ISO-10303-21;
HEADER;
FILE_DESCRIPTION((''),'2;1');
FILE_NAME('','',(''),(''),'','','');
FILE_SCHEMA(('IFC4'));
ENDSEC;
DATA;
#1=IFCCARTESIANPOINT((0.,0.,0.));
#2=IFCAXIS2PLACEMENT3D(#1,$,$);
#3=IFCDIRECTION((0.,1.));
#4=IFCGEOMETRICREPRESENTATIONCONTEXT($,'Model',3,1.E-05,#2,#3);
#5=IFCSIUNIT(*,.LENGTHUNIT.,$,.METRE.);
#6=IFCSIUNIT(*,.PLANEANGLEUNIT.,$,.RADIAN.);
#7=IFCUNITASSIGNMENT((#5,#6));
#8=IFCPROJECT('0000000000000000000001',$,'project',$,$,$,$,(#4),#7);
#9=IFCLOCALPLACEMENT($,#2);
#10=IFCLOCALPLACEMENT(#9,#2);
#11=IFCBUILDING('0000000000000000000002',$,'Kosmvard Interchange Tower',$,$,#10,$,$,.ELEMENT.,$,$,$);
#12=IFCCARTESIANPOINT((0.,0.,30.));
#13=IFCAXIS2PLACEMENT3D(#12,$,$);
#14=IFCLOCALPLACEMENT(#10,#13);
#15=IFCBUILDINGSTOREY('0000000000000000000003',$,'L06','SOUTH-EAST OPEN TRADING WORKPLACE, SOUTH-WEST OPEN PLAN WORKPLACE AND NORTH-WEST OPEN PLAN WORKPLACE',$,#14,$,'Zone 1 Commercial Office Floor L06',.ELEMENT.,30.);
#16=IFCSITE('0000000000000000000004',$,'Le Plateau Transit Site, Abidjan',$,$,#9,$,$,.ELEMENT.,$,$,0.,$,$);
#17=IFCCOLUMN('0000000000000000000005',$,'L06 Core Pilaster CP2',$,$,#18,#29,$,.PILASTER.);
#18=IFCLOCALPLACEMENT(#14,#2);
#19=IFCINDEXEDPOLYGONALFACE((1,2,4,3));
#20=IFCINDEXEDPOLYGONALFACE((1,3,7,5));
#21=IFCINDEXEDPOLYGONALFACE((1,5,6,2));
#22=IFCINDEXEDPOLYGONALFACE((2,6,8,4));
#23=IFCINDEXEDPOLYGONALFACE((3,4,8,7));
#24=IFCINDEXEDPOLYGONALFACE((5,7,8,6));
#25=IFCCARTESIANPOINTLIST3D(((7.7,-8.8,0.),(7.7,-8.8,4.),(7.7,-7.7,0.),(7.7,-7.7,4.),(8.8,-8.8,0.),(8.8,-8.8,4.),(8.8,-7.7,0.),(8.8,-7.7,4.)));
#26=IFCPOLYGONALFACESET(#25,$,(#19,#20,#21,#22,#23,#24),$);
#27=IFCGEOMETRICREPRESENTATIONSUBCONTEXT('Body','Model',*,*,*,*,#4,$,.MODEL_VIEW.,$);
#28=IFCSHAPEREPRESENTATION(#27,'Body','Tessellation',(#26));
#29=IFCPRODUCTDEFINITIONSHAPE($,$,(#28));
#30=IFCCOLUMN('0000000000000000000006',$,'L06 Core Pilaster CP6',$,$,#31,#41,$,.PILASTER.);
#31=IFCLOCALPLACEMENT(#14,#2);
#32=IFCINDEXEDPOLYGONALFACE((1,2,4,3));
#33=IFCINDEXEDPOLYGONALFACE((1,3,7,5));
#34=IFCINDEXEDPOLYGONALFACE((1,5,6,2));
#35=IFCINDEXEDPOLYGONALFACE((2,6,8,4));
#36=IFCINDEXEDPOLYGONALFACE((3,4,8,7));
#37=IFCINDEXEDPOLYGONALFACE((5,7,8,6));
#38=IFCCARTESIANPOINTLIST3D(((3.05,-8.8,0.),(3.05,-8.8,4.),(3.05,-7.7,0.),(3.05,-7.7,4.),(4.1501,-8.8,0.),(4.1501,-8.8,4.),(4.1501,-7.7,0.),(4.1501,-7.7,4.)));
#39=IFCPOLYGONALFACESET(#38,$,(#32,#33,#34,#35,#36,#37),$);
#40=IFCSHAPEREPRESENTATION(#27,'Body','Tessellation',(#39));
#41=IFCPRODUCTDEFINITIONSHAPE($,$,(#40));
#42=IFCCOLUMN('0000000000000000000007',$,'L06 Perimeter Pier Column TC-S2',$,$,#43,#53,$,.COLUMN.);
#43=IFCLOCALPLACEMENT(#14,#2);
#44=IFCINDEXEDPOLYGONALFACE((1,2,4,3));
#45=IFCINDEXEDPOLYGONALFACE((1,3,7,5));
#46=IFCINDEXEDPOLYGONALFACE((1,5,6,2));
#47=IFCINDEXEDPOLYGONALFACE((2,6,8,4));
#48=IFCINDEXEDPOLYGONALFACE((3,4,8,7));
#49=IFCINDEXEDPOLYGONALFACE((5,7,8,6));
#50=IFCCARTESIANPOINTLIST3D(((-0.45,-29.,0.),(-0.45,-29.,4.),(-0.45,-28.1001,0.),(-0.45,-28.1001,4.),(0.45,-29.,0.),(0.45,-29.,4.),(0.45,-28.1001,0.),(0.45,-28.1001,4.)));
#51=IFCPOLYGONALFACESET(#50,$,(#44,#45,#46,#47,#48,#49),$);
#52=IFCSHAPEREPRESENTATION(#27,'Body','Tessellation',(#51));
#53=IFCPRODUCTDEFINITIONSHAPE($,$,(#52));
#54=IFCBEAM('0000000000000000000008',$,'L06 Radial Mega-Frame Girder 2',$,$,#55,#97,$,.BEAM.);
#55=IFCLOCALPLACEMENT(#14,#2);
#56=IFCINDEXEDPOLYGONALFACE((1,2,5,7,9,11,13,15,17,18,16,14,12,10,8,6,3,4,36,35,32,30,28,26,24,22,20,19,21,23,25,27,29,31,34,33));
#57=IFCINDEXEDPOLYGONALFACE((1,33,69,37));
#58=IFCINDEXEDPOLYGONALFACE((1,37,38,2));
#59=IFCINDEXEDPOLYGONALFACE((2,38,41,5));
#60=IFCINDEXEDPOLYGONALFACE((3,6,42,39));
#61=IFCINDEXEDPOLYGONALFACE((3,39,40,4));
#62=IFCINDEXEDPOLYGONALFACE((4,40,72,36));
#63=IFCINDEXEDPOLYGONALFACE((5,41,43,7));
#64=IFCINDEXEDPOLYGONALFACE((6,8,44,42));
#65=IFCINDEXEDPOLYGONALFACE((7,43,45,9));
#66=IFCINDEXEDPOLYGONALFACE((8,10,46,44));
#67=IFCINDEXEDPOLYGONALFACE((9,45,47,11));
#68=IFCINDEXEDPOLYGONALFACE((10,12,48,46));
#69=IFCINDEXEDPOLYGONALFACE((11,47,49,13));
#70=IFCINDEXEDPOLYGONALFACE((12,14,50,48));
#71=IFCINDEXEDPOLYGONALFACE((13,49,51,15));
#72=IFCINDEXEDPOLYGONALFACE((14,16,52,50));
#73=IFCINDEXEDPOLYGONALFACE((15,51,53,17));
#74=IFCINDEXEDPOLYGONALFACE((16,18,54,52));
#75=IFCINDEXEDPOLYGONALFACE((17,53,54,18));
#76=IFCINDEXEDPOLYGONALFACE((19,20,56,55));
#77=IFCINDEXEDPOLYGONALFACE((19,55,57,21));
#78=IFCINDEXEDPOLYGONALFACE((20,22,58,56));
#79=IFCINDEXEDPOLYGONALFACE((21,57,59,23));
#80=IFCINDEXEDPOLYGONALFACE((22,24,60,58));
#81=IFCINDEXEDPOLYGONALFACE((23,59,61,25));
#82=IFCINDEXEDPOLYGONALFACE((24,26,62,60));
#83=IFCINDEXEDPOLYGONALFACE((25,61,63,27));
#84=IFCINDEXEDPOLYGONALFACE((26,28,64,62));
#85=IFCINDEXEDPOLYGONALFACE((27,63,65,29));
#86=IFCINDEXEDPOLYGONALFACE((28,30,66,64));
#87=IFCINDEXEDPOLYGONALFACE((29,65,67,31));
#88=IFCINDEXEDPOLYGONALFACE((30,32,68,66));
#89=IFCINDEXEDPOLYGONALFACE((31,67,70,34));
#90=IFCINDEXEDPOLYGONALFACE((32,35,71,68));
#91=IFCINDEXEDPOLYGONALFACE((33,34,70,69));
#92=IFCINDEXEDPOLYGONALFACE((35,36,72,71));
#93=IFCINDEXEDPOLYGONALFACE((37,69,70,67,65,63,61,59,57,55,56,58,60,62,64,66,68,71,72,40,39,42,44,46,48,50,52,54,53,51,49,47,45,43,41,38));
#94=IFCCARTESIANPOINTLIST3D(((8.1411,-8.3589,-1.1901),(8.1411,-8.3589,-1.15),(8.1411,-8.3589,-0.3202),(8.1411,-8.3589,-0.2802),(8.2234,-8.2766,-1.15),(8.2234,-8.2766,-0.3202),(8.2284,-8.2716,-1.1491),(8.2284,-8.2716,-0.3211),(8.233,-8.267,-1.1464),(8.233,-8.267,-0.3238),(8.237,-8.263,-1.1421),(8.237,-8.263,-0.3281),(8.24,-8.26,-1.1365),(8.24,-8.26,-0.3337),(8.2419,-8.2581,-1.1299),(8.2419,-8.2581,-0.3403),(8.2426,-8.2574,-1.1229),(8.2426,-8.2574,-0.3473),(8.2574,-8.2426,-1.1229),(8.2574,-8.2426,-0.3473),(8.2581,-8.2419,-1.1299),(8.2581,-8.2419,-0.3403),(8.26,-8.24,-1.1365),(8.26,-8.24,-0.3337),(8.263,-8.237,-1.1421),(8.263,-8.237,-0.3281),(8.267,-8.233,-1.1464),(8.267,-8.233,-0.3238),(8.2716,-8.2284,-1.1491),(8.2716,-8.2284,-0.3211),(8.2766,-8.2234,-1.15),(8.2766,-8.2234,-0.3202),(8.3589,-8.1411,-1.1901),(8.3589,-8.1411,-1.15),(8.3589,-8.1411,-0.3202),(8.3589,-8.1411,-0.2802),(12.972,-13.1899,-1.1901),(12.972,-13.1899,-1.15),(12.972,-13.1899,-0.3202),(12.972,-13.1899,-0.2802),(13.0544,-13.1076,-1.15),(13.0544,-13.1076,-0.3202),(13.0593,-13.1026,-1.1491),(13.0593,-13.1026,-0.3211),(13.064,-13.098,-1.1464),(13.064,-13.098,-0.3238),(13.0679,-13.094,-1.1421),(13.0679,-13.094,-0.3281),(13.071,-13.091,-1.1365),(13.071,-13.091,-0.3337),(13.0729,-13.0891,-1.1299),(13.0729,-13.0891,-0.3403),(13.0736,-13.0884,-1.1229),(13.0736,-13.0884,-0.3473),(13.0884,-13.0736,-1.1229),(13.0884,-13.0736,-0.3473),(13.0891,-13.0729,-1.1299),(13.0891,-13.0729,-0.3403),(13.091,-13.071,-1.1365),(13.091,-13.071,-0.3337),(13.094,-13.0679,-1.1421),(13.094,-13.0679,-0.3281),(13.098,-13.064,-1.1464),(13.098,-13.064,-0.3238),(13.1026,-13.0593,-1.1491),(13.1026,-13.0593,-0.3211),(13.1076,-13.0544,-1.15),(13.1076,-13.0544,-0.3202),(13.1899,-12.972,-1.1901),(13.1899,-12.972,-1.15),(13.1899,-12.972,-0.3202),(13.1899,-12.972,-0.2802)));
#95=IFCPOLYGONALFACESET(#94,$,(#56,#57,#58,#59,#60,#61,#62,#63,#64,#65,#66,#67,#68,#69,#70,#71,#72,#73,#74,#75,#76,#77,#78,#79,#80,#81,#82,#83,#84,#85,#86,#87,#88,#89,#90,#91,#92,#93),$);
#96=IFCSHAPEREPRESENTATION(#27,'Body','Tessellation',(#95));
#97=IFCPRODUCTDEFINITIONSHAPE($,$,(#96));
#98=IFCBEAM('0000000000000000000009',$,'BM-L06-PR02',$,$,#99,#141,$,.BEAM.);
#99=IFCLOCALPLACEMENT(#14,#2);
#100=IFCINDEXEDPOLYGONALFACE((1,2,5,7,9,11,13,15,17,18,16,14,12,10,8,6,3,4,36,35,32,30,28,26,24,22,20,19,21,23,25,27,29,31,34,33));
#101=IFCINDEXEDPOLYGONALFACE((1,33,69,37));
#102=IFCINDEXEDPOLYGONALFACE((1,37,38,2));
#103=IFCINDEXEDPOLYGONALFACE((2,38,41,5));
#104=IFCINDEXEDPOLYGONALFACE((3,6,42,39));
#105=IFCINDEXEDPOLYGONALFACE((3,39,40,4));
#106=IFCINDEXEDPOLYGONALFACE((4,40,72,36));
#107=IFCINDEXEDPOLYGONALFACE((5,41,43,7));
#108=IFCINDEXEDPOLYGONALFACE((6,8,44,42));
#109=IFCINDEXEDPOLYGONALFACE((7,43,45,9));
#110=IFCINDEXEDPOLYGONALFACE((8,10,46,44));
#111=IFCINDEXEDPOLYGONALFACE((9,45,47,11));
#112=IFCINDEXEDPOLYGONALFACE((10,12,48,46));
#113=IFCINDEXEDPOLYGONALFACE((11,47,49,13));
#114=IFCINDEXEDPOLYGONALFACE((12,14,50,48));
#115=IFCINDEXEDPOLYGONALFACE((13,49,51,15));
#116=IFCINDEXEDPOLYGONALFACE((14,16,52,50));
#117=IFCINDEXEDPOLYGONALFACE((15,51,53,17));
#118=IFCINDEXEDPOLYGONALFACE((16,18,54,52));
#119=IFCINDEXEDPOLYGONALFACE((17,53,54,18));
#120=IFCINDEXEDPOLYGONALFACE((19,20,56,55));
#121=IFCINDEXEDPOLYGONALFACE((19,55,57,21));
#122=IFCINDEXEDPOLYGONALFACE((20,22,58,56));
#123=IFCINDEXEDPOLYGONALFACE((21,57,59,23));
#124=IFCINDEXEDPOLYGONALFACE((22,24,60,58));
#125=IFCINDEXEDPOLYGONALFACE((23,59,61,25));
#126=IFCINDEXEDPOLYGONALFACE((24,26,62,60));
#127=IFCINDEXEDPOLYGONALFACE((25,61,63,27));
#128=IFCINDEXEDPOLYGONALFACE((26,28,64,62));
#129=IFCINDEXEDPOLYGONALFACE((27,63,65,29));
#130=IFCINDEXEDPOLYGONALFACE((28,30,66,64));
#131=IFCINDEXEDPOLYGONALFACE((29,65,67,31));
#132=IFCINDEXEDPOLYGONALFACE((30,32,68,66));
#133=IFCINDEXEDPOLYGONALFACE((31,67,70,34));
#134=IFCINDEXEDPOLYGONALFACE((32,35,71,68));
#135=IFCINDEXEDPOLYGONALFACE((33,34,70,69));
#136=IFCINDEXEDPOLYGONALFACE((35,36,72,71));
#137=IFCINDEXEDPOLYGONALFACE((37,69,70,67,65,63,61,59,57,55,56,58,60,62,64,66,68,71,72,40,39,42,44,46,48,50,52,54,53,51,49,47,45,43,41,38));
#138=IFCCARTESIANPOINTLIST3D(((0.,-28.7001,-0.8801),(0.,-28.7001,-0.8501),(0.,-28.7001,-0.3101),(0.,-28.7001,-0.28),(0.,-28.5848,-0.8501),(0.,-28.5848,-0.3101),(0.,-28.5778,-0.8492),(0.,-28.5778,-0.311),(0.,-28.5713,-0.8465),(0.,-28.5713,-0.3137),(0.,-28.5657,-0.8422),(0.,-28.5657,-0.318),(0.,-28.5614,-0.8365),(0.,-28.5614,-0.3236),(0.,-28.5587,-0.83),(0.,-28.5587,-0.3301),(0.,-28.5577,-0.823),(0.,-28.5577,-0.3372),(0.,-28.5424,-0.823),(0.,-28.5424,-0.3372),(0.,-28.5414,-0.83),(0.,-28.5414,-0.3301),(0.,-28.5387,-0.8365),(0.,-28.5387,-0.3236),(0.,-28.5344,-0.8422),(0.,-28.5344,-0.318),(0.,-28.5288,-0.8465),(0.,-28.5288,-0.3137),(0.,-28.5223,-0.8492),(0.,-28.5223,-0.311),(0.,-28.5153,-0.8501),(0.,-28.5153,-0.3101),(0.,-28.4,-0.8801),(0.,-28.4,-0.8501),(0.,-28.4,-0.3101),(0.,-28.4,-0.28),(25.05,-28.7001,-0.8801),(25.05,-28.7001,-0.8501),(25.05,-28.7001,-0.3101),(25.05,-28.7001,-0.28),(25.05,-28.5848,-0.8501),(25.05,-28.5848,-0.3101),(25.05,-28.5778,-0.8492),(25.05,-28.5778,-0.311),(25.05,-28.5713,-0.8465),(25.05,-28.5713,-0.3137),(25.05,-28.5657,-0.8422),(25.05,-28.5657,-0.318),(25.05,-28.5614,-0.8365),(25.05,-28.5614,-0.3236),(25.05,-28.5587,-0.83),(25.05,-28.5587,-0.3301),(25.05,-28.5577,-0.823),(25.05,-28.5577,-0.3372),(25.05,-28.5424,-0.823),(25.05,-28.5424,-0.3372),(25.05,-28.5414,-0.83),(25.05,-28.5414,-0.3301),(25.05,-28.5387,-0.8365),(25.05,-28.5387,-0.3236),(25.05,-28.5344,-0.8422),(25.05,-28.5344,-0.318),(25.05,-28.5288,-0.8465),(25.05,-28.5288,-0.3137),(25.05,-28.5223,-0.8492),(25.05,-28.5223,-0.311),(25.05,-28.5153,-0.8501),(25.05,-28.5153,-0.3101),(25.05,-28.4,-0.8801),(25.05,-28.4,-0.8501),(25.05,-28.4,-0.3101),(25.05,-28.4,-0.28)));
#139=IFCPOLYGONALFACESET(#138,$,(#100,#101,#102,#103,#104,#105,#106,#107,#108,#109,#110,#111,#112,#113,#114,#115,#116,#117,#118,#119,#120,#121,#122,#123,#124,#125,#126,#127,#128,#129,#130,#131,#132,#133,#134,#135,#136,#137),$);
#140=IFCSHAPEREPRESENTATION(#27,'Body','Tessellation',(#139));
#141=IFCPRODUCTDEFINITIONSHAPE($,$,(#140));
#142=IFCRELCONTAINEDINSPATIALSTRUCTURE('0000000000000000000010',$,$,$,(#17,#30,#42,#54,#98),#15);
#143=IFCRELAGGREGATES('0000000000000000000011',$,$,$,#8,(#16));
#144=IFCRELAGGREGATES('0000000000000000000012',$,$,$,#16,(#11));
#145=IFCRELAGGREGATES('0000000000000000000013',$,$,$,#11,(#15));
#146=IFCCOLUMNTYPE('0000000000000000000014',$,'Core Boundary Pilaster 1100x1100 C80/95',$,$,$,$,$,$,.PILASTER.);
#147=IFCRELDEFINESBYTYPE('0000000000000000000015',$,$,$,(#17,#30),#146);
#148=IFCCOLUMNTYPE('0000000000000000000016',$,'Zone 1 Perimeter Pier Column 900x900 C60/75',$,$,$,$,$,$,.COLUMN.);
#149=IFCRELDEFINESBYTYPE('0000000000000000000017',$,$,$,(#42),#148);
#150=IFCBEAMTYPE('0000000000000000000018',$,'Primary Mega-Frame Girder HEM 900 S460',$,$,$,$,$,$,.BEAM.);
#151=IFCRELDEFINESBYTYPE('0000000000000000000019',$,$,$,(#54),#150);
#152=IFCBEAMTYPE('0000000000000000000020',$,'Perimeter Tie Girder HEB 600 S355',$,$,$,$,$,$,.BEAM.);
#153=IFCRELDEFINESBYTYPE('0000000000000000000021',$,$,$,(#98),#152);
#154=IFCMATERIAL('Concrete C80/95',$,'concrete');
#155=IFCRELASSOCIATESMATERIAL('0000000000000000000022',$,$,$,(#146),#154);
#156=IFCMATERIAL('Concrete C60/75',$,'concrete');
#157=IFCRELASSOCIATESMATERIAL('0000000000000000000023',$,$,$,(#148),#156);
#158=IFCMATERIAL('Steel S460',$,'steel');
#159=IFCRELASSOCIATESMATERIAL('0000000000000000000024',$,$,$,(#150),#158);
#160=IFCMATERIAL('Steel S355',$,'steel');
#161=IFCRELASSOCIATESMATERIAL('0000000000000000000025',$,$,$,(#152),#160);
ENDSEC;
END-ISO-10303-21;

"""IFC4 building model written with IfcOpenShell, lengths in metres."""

from ifc_helpers import new_model, si_unit, direction, frame, origin, origin_2d, place, context, subcontext, project, spatial, rectangle, i_section, extrude, source, transform, mapped, material, material_profile, profile_set, type_object, element, save


model = new_model("IFC4")

# Units and contexts
model_context = context("Model", 3, precision=1e-05, world=origin(), true_north=direction((0.0, 1.0)))
body_context = subcontext(model_context, "Body", "Model", "MODEL_VIEW")
ifc_project = project(units=[si_unit("LENGTHUNIT", "METRE"), si_unit("PLANEANGLEUNIT", "RADIAN")], contexts=[model_context])

# Site, building, storey
site_placement = place(None, origin())
site = spatial("IfcSite", under=ifc_project, at=site_placement, Name="Le Plateau Transit Site, Abidjan", CompositionType="ELEMENT", RefElevation=0.0)
building_placement = place(site_placement, origin())
building = spatial("IfcBuilding", under=site, at=building_placement, Name="Kosmvard Interchange Tower", CompositionType="ELEMENT")
storey_placement = place(building_placement, frame((0.0, 0.0, 30.0)))
storey = spatial("IfcBuildingStorey", under=building, at=storey_placement, Name="L06", Description="SOUTH-EAST OPEN TRADING WORKPLACE, SOUTH-WEST OPEN PLAN WORKPLACE AND NORTH-WEST OPEN PLAN WORKPLACE", LongName="Zone 1 Commercial Office Floor L06", CompositionType="ELEMENT", Elevation=30.0)

# Columns
ifc_material_1 = material(Name="Concrete C80/95", Category="concrete")
ifc_material_profile_1 = material_profile(ifc_material_1, rectangle(XDim=1.1001, YDim=1.1001, at=origin_2d()), Name="CP 1100x1100")
ifc_profile_set_1 = profile_set([ifc_material_profile_1], Name="Concrete C80/95")
column_type_1 = type_object("IfcColumnType", Name="Core Boundary Pilaster 1100x1100 C80/95", PredefinedType="PILASTER", material=ifc_profile_set_1)
shared_shape_1 = source(origin(), body_context, "Body", "SweptSolid", [
    extrude(rectangle(XDim=1.1001, YDim=1.1001, at=origin_2d()), origin(), (0.0, 0.0, 1.0), 4.0),
])
for number, where, z_axis, x_axis, name in (
    (1, (8.25, -8.25, 0.0), (0.0, 0.0, 1.0), (1.0, 0.0, 0.0), "L06 Core Pilaster CP2"),
    (2, (3.6001, -8.25, 0.0), (0.0, 0.0, 1.0), (1.0, 0.0, 0.0), "L06 Core Pilaster CP6"),
):
    element("IfcColumn", number, at=place(storey_placement, frame(where, z_axis=z_axis, x_axis=x_axis)), inside=storey, type_object=column_type_1, Name=name, PredefinedType="PILASTER", context=body_context, shape_type="MappedRepresentation", body=[
        mapped(shared_shape_1, transform((0.0, 0.0, 0.0), scale=1.0)),
    ])
ifc_material_2 = material(Name="Concrete C60/75", Category="concrete")
ifc_material_profile_2 = material_profile(ifc_material_2, rectangle(XDim=0.8999, YDim=0.8999, at=origin_2d()), Name="TC 900x900")
ifc_profile_set_2 = profile_set([ifc_material_profile_2], Name="Concrete C60/75")
column_type_2 = type_object("IfcColumnType", Name="Zone 1 Perimeter Pier Column 900x900 C60/75", PredefinedType="COLUMN", material=ifc_profile_set_2)
shared_shape_2 = source(origin(), body_context, "Body", "SweptSolid", [
    extrude(rectangle(XDim=0.8999, YDim=0.8999, at=origin_2d()), origin(), (0.0, 0.0, 1.0), 4.0),
])
column_placement = place(storey_placement, frame((0.0, -28.55, 0.0), z_axis=(0.0, 0.0, 1.0), x_axis=(1.0, 0.0, 0.0)))
element("IfcColumn", 3, at=column_placement, inside=storey, type_object=column_type_2, Name="L06 Perimeter Pier Column TC-S2", PredefinedType="COLUMN", context=body_context, shape_type="MappedRepresentation", body=[
    mapped(shared_shape_2, transform((0.0, 0.0, 0.0), scale=1.0)),
])

# Beams
ifc_material_3 = material(Name="Steel S460", Category="steel")
ifc_material_profile_3 = material_profile(ifc_material_3, i_section(OverallWidth=0.3081, OverallDepth=0.9099, WebThickness=0.021, FlangeThickness=0.04, FilletRadius=0.0271, at=origin_2d()), Name="HEM 900")
ifc_profile_set_3 = profile_set([ifc_material_profile_3], Name="Steel S460")
beam_type_1 = type_object("IfcBeamType", Name="Primary Mega-Frame Girder HEM 900 S460", PredefinedType="BEAM", material=ifc_profile_set_3)
shared_shape_3 = source(origin(), body_context, "Body", "SweptSolid", [
    extrude(i_section(OverallWidth=0.3081, OverallDepth=0.9099, WebThickness=0.021, FlangeThickness=0.04, FilletRadius=0.0271, at=origin_2d()), origin(), (0.0, 0.0, 1.0), 6.832),
])
beam_1_placement = place(storey_placement, frame((8.25, -8.25, -0.7351), z_axis=(0.707107, -0.707107, 0.0), x_axis=(0.707107, 0.707107, 0.0)))
element("IfcBeam", 4, at=beam_1_placement, inside=storey, type_object=beam_type_1, Name="L06 Radial Mega-Frame Girder 2", PredefinedType="BEAM", context=body_context, shape_type="MappedRepresentation", body=[
    mapped(shared_shape_3, transform((0.0, 0.0, 0.0), scale=1.0)),
])
ifc_material_4 = material(Name="Steel S355", Category="steel")
ifc_material_profile_4 = material_profile(ifc_material_4, i_section(OverallWidth=0.3, OverallDepth=0.6001, WebThickness=0.0154, FlangeThickness=0.03, FilletRadius=0.0271, at=origin_2d()), Name="HEB 600")
ifc_profile_set_4 = profile_set([ifc_material_profile_4], Name="Steel S355")
beam_type_2 = type_object("IfcBeamType", Name="Perimeter Tie Girder HEB 600 S355", PredefinedType="BEAM", material=ifc_profile_set_4)
shared_shape_4 = source(origin(), body_context, "Body", "SweptSolid", [
    extrude(i_section(OverallWidth=0.3, OverallDepth=0.6001, WebThickness=0.0154, FlangeThickness=0.03, FilletRadius=0.0271, at=origin_2d()), origin(), (0.0, 0.0, 1.0), 25.05),
])
beam_2_placement = place(storey_placement, frame((0.0, -28.55, -0.5801), z_axis=(1.0, 0.0, 0.0), x_axis=(0.0, 1.0, 0.0)))
element("IfcBeam", 5, at=beam_2_placement, inside=storey, type_object=beam_type_2, Name="BM-L06-PR02", PredefinedType="BEAM", context=body_context, shape_type="MappedRepresentation", body=[
    mapped(shared_shape_4, transform((0.0, 0.0, 0.0), scale=1.0)),
])

save(model, "model.ifc")
